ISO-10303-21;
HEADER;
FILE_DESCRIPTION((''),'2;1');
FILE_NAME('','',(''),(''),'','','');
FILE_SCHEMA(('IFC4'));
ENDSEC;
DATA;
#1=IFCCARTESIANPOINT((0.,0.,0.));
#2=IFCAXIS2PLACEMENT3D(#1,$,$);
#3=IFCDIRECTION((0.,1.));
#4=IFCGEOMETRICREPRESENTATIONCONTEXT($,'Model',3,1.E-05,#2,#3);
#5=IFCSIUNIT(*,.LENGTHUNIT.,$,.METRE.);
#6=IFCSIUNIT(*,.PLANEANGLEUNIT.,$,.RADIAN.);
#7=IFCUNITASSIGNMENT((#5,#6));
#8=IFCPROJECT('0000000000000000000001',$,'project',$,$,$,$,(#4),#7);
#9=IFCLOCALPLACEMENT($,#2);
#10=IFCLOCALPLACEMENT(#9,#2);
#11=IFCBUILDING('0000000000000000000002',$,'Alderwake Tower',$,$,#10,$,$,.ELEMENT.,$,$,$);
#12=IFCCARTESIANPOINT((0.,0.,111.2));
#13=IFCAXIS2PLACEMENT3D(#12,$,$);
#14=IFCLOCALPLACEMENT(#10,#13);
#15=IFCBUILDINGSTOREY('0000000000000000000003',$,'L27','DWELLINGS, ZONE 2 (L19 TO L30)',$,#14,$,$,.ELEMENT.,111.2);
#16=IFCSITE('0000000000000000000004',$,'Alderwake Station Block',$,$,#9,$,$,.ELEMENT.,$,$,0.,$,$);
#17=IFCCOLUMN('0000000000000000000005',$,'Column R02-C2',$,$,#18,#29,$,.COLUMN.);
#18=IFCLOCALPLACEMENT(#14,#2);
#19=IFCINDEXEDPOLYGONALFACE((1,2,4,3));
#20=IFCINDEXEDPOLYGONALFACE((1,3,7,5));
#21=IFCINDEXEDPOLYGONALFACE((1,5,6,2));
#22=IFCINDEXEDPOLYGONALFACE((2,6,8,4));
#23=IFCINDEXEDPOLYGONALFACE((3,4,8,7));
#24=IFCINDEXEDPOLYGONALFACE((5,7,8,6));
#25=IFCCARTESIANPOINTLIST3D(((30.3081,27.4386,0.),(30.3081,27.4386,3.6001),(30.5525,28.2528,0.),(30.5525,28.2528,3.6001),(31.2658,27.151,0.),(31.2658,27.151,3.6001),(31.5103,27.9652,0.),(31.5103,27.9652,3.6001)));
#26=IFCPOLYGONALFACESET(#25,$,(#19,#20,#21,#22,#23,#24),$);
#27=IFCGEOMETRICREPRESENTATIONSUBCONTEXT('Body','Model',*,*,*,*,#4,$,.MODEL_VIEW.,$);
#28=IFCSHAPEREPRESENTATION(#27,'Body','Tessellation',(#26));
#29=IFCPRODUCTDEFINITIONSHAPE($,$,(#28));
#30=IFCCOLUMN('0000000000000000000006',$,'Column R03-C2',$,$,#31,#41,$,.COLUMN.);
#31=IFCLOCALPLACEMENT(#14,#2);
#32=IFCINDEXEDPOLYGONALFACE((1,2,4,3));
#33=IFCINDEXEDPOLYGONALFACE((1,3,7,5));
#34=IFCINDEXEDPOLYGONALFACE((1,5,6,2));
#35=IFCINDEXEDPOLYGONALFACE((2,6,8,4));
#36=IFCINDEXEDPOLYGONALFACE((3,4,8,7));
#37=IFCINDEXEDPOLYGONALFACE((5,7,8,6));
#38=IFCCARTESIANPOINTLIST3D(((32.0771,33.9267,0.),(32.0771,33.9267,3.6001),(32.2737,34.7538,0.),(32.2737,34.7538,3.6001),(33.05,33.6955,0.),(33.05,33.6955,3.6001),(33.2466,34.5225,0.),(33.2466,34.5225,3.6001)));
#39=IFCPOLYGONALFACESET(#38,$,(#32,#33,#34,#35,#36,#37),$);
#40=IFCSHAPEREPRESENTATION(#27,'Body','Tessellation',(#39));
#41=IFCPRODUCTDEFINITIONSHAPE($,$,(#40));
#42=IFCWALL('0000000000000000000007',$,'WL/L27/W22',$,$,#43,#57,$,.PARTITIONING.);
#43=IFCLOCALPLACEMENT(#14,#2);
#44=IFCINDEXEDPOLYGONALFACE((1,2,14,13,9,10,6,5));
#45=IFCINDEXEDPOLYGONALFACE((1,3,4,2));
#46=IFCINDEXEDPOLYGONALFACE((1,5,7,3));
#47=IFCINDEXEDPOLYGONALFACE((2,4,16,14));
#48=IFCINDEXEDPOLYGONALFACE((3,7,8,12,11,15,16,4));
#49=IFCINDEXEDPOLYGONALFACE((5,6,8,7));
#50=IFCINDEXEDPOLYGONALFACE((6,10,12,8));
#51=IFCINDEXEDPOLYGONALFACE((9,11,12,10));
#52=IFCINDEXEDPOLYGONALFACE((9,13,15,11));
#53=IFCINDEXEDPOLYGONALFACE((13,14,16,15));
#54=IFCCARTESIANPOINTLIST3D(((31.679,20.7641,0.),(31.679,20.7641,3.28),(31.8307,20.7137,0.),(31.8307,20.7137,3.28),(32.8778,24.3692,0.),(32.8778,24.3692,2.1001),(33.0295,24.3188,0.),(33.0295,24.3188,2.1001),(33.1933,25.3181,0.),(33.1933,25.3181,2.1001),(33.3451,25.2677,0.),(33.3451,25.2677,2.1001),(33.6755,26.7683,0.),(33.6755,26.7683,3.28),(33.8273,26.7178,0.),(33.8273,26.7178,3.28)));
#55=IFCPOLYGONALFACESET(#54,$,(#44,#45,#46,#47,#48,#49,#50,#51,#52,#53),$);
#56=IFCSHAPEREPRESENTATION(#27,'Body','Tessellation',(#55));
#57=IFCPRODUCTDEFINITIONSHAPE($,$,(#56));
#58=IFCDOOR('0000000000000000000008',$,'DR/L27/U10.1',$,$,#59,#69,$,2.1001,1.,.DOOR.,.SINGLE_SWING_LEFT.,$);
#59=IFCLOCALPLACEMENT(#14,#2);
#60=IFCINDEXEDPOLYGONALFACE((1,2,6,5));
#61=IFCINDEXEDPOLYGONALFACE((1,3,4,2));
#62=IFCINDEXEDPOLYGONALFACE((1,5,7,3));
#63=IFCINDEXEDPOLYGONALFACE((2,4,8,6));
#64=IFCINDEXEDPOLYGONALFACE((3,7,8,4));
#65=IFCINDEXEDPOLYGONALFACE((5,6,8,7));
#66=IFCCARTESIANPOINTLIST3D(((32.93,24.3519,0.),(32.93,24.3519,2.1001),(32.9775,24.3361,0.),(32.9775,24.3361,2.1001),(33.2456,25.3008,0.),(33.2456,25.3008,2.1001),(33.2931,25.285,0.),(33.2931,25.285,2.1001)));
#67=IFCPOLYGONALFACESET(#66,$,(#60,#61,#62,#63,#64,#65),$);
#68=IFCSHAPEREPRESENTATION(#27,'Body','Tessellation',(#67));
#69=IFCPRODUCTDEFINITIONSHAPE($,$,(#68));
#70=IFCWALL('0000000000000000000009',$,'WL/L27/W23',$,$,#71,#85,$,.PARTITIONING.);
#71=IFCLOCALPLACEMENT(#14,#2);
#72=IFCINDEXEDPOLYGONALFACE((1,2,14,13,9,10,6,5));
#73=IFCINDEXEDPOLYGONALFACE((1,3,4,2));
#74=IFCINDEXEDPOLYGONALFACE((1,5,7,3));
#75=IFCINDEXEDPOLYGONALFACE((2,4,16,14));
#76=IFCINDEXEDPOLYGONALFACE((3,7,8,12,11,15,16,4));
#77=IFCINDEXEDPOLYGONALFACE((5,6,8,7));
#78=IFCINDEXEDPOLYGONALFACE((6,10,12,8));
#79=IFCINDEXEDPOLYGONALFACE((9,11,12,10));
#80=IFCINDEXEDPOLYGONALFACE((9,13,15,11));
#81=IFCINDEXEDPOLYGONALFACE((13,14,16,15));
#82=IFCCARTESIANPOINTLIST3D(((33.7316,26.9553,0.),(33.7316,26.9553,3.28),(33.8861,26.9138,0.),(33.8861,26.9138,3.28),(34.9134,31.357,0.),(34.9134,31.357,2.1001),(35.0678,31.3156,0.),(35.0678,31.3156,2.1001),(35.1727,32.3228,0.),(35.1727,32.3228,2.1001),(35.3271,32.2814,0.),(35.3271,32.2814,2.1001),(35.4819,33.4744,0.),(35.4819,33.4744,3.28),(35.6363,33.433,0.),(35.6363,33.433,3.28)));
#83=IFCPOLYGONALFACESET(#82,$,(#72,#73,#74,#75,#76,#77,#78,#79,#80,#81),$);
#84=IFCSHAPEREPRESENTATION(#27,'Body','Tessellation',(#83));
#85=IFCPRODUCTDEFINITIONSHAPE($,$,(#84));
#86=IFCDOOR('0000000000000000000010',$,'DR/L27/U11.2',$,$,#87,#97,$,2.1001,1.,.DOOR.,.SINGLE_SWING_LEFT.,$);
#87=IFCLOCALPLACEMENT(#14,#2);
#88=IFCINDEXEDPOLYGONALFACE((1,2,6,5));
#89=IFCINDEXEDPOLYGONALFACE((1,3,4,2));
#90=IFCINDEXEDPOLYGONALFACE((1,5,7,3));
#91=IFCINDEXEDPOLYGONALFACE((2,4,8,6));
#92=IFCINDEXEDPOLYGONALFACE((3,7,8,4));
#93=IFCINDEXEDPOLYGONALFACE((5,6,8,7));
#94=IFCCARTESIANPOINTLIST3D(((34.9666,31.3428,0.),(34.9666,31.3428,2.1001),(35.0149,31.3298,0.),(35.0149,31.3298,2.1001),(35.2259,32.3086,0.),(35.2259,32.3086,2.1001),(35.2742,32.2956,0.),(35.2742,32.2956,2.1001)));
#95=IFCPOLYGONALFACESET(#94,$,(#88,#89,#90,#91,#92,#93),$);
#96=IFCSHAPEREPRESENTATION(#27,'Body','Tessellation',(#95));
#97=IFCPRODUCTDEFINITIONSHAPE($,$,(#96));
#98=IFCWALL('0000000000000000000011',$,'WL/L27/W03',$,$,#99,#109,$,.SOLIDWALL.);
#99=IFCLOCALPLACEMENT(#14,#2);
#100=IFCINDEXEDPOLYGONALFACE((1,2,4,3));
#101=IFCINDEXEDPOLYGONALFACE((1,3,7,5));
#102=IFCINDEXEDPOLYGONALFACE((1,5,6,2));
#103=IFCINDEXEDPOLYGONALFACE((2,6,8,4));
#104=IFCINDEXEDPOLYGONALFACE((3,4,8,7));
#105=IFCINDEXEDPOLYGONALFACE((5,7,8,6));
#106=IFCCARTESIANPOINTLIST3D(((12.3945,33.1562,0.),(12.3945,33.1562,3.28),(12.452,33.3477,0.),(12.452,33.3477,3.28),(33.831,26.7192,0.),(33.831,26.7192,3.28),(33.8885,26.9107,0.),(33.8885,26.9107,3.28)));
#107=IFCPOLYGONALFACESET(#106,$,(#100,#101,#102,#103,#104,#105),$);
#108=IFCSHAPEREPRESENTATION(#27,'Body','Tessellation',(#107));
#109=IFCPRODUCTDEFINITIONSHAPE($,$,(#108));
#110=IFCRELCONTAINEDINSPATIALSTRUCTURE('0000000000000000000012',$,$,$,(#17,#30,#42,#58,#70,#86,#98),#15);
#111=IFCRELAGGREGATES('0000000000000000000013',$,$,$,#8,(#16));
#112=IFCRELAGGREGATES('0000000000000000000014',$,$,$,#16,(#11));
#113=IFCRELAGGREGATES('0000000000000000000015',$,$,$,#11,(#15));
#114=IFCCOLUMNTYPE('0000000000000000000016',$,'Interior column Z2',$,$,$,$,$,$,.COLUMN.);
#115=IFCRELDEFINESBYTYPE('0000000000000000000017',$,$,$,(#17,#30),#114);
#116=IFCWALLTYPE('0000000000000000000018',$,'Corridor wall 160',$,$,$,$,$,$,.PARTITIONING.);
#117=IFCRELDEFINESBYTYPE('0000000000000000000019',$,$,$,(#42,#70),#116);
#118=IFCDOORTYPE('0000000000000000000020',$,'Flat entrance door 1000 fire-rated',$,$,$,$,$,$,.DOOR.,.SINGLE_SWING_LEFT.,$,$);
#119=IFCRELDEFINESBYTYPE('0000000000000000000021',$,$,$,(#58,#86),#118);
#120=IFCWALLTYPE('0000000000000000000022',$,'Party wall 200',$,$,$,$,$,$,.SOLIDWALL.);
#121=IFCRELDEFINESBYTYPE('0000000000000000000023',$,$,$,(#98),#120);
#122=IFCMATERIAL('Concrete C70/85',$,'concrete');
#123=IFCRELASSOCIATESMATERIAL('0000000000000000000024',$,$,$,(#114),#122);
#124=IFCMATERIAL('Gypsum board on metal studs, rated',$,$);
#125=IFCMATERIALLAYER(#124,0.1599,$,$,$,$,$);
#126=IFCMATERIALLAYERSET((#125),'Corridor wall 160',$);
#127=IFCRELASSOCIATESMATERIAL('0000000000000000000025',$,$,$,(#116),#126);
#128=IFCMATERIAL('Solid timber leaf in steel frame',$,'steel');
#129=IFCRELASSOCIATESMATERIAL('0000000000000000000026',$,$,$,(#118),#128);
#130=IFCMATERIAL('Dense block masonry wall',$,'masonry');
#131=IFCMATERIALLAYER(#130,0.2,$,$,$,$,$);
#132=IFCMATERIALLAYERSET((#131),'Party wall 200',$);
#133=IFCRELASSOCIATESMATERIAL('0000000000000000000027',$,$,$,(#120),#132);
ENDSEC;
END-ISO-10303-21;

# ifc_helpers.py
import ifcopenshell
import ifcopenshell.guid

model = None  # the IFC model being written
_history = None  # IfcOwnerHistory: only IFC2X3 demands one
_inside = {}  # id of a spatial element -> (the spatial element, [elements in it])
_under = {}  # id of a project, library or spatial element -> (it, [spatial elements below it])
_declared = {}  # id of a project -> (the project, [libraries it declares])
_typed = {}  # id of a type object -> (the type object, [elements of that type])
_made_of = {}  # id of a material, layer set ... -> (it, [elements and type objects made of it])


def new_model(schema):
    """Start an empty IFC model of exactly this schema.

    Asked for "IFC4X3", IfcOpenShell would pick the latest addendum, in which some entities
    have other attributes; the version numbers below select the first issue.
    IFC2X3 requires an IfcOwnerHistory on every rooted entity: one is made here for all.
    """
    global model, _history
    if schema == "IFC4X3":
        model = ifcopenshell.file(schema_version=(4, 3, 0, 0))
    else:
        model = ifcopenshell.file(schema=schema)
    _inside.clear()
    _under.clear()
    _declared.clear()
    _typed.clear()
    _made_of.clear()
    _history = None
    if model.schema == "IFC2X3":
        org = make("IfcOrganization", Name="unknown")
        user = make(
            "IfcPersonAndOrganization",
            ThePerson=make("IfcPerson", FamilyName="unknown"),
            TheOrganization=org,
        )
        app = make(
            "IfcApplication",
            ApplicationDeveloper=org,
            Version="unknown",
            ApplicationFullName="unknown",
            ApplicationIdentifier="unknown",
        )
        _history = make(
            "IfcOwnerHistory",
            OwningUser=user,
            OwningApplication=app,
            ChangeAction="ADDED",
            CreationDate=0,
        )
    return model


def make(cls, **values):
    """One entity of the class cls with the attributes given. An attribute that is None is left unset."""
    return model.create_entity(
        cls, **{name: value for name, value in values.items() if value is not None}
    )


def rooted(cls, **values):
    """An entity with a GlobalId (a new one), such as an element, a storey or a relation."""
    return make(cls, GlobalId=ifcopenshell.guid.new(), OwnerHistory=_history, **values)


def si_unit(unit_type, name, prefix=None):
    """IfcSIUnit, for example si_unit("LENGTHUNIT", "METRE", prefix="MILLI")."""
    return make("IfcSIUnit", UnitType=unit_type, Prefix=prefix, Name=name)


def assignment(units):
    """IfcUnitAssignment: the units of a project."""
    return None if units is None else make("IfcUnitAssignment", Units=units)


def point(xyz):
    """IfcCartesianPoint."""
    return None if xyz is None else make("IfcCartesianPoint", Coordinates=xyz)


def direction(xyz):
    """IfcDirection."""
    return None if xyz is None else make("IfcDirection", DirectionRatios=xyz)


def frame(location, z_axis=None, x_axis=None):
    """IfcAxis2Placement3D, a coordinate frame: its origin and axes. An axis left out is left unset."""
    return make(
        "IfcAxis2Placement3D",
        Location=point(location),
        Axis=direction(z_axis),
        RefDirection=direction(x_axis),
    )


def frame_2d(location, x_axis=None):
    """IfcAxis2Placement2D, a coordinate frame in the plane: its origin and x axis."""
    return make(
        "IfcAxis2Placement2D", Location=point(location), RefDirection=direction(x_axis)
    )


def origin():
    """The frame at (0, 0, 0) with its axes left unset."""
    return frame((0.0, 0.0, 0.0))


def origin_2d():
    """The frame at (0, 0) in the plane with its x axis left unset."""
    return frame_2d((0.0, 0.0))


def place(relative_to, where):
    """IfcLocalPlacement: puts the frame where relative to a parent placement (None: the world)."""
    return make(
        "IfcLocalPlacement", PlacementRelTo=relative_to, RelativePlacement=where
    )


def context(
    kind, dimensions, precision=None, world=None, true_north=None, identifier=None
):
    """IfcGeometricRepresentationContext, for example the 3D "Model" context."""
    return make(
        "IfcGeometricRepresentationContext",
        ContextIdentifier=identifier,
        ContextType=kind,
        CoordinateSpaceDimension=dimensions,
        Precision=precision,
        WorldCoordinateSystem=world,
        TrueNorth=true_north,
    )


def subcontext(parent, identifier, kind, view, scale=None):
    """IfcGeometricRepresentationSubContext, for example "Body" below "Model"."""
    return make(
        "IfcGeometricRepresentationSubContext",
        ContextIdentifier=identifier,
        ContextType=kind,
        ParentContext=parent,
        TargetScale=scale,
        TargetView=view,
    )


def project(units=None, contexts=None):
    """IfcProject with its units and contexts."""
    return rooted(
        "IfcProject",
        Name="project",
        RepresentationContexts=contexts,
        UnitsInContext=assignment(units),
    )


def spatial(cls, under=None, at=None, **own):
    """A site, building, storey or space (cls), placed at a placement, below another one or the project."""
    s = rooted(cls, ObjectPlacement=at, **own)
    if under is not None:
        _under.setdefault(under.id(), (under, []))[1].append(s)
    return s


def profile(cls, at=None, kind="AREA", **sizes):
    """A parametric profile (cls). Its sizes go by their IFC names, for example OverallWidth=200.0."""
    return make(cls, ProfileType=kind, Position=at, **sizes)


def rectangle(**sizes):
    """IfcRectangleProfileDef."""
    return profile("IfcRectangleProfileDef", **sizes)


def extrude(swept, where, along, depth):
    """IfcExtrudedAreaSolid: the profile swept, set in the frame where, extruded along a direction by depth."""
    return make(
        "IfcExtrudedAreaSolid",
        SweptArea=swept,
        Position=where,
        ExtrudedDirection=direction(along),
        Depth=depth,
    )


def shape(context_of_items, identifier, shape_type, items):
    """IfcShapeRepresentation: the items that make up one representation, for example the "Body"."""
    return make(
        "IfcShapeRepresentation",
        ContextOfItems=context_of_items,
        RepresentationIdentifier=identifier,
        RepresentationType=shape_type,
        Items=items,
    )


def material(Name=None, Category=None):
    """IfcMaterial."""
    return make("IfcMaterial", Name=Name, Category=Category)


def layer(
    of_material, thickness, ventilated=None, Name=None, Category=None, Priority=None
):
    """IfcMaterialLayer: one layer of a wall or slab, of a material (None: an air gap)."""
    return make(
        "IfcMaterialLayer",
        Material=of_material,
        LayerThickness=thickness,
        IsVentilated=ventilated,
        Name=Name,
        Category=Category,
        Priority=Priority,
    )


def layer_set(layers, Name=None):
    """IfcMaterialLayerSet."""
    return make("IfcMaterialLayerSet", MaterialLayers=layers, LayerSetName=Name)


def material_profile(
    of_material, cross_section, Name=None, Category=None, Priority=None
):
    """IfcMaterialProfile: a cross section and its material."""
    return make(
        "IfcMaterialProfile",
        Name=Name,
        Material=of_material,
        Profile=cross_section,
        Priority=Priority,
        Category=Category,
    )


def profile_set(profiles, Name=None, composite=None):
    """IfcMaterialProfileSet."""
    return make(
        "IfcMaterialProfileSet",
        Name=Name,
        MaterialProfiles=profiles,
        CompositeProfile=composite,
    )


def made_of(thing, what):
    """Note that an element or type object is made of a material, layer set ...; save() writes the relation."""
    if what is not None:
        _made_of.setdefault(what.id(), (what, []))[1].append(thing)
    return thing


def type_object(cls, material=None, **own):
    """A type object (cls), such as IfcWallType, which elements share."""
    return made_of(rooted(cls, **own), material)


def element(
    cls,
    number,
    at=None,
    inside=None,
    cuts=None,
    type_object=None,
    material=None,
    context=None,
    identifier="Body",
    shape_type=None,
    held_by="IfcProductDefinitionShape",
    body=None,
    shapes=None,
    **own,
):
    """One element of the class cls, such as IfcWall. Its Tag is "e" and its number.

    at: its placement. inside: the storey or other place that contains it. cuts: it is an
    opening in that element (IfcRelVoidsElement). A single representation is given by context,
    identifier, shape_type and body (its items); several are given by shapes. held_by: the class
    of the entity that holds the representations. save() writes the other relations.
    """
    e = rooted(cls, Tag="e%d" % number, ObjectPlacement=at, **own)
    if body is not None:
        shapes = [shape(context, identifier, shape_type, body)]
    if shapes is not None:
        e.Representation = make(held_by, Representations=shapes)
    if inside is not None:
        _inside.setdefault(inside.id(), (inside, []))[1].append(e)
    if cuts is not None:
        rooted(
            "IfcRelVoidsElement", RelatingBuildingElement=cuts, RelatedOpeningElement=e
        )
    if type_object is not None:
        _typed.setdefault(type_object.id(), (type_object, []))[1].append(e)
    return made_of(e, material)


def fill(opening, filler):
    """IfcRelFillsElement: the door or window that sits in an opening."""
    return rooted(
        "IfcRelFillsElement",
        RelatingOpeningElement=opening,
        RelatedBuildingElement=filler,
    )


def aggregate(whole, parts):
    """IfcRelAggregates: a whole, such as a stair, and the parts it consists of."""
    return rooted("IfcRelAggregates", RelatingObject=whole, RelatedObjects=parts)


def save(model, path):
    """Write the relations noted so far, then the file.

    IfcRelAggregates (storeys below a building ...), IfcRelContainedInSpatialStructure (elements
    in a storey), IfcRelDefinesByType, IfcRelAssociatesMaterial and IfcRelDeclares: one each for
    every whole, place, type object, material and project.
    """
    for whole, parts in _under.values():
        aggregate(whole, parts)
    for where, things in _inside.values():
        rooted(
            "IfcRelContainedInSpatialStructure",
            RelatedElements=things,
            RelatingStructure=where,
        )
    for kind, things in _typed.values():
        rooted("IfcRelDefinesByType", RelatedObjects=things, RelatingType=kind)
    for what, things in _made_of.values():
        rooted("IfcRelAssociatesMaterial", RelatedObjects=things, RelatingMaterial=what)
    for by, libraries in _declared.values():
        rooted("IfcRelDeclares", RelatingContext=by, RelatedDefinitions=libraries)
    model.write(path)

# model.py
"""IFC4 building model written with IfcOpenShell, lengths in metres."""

from ifc_helpers import new_model, si_unit, direction, frame, frame_2d, origin, origin_2d, place, context, subcontext, project, spatial, rectangle, extrude, material, layer, layer_set, material_profile, profile_set, type_object, element, fill, save


model = new_model("IFC4")

# Units and contexts
model_context = context("Model", 3, precision=1e-05, world=origin(), true_north=direction((0.0, 1.0)))
body_context = subcontext(model_context, "Body", "Model", "MODEL_VIEW")
ifc_project = project(units=[si_unit("LENGTHUNIT", "METRE"), si_unit("PLANEANGLEUNIT", "RADIAN")], contexts=[model_context])

# Site, building, storey
site_placement = place(None, origin())
site = spatial("IfcSite", under=ifc_project, at=site_placement, Name="Alderwake Station Block", CompositionType="ELEMENT", RefElevation=0.0)
building_placement = place(site_placement, origin())
building = spatial("IfcBuilding", under=site, at=building_placement, Name="Alderwake Tower", CompositionType="ELEMENT")
storey_placement = place(building_placement, frame((0.0, 0.0, 111.2)))
storey = spatial("IfcBuildingStorey", under=building, at=storey_placement, Name="L27", Description="DWELLINGS, ZONE 2 (L19 TO L30)", CompositionType="ELEMENT", Elevation=111.2)

# Columns
ifc_material_1 = material(Name="Concrete C70/85", Category="concrete")
ifc_material_profile_1 = material_profile(ifc_material_1, rectangle(XDim=0.8501, YDim=1.0, at=origin_2d()), Name="RC 1000X850")
ifc_profile_set_1 = profile_set([ifc_material_profile_1], Name="Concrete C70/85")
column_type = type_object("IfcColumnType", Name="Interior column Z2", PredefinedType="COLUMN", material=ifc_profile_set_1)
for number, where, z_axis, x_axis, name in (
    (1, (30.9092, 27.7019, 0.0), (0.0, 0.0, 1.0), (0.287549, 0.957766, 0.0), "Column R02-C2"),
    (2, (32.6619, 34.2246, 0.0), (0.0, 0.0, 1.0), (0.231222, 0.972901, 0.0), "Column R03-C2"),
):
    element("IfcColumn", number, at=place(storey_placement, frame(where, z_axis=z_axis, x_axis=x_axis)), inside=storey, type_object=column_type, Name=name, PredefinedType="COLUMN", context=body_context, shape_type="SweptSolid", body=[
        extrude(rectangle(XDim=0.8501, YDim=1.0, at=origin_2d()), origin(), (0.0, 0.0, 1.0), 3.6001),
    ])

# Walls, openings, doors
ifc_material_2 = material(Name="Gypsum board on metal studs, rated")
ifc_layer_1 = layer(ifc_material_2, 0.1599)
ifc_layer_set_1 = layer_set([ifc_layer_1], Name="Corridor wall 160")
wall_type_1 = type_object("IfcWallType", Name="Corridor wall 160", PredefinedType="PARTITIONING", material=ifc_layer_set_1)
wall_1_placement = place(storey_placement, frame((31.7549, 20.739, 0.0), z_axis=(0.0, 0.0, 1.0), x_axis=(0.315545, 0.948911, 0.0)))
wall_1 = element("IfcWall", 3, at=wall_1_placement, inside=storey, type_object=wall_type_1, Name="WL/L27/W22", PredefinedType="PARTITIONING", context=body_context, shape_type="SweptSolid", body=[
    extrude(rectangle(XDim=6.3274, YDim=0.1599, at=frame_2d((3.1636, 0.0))), origin(), (0.0, 0.0, 1.0), 3.28),
])
opening_1_placement = place(wall_1_placement, frame((3.7991, 0.0, 0.0)))
opening_1 = element("IfcOpeningElement", 4, at=opening_1_placement, cuts=wall_1, PredefinedType="OPENING", context=body_context, shape_type="SweptSolid", body=[
    extrude(rectangle(XDim=1.0, YDim=2.1001, at=frame_2d((0.5, 1.05))), frame((0.0, 0.0898, 0.0), z_axis=(0.0, -1.0, 0.0), x_axis=(1.0, 0.0, 0.0)), (0.0, 0.0, 1.0), 0.1799),
])
ifc_material_3 = material(Name="Solid timber leaf in steel frame", Category="steel")
door_type_1 = type_object("IfcDoorType", Name="Flat entrance door 1000 fire-rated", OperationType="SINGLE_SWING_LEFT", PredefinedType="DOOR", material=ifc_material_3)
door_1_placement = place(opening_1_placement, origin())
door_1 = element("IfcDoor", 5, at=door_1_placement, inside=storey, type_object=door_type_1, Name="DR/L27/U10.1", OperationType="SINGLE_SWING_LEFT", OverallHeight=2.1001, OverallWidth=1.0, PredefinedType="DOOR", context=body_context, shape_type="SweptSolid", body=[
    extrude(rectangle(XDim=1.0, YDim=2.1001, at=frame_2d((0.5, 1.05))), frame((0.0, 0.0249, 0.0), z_axis=(0.0, -1.0, 0.0), x_axis=(1.0, 0.0, 0.0)), (0.0, 0.0, 1.0), 0.05),
])
fill(opening_1, door_1)
wall_2_placement = place(storey_placement, frame((33.8088, 26.9346, 0.0), z_axis=(0.0, 0.0, 1.0), x_axis=(0.259299, 0.965797, 0.0)))
wall_2 = element("IfcWall", 6, at=wall_2_placement, inside=storey, type_object=wall_type_1, Name="WL/L27/W23", PredefinedType="PARTITIONING", context=body_context, shape_type="SweptSolid", body=[
    extrude(rectangle(XDim=6.75, YDim=0.1599, at=frame_2d((3.375, 0.0))), origin(), (0.0, 0.0, 1.0), 3.28),
])
opening_2_placement = place(wall_2_placement, frame((4.5576, 0.0, 0.0)))
opening_2 = element("IfcOpeningElement", 7, at=opening_2_placement, cuts=wall_2, PredefinedType="OPENING", context=body_context, shape_type="SweptSolid", body=[
    extrude(rectangle(XDim=1.0, YDim=2.1001, at=frame_2d((0.5, 1.05))), frame((0.0, 0.0898, 0.0), z_axis=(0.0, -1.0, 0.0), x_axis=(1.0, 0.0, 0.0)), (0.0, 0.0, 1.0), 0.1799),
])
door_2_placement = place(opening_2_placement, origin())
door_2 = element("IfcDoor", 8, at=door_2_placement, inside=storey, type_object=door_type_1, Name="DR/L27/U11.2", OperationType="SINGLE_SWING_LEFT", OverallHeight=2.1001, OverallWidth=1.0, PredefinedType="DOOR", context=body_context, shape_type="SweptSolid", body=[
    extrude(rectangle(XDim=1.0, YDim=2.1001, at=frame_2d((0.5, 1.05))), frame((0.0, 0.0249, 0.0), z_axis=(0.0, -1.0, 0.0), x_axis=(1.0, 0.0, 0.0)), (0.0, 0.0, 1.0), 0.05),
])
fill(opening_2, door_2)

# Wall
ifc_material_4 = material(Name="Dense block masonry wall", Category="masonry")
ifc_layer_2 = layer(ifc_material_4, 0.2)
ifc_layer_set_2 = layer_set([ifc_layer_2], Name="Party wall 200")
wall_type_2 = type_object("IfcWallType", Name="Party wall 200", PredefinedType="SOLIDWALL", material=ifc_layer_set_2)
wall_3_placement = place(storey_placement, frame((33.8596, 26.8149, 0.0), z_axis=(0.0, 0.0, 1.0), x_axis=(-0.957752, 0.287596, 0.0)))
element("IfcWall", 9, at=wall_3_placement, inside=storey, type_object=wall_type_2, Name="WL/L27/W03", PredefinedType="SOLIDWALL", context=body_context, shape_type="SweptSolid", body=[
    extrude(rectangle(XDim=22.3821, YDim=0.2, at=frame_2d((11.1909, 0.0))), origin(), (0.0, 0.0, 1.0), 3.28),
])

save(model, "model.ifc")
